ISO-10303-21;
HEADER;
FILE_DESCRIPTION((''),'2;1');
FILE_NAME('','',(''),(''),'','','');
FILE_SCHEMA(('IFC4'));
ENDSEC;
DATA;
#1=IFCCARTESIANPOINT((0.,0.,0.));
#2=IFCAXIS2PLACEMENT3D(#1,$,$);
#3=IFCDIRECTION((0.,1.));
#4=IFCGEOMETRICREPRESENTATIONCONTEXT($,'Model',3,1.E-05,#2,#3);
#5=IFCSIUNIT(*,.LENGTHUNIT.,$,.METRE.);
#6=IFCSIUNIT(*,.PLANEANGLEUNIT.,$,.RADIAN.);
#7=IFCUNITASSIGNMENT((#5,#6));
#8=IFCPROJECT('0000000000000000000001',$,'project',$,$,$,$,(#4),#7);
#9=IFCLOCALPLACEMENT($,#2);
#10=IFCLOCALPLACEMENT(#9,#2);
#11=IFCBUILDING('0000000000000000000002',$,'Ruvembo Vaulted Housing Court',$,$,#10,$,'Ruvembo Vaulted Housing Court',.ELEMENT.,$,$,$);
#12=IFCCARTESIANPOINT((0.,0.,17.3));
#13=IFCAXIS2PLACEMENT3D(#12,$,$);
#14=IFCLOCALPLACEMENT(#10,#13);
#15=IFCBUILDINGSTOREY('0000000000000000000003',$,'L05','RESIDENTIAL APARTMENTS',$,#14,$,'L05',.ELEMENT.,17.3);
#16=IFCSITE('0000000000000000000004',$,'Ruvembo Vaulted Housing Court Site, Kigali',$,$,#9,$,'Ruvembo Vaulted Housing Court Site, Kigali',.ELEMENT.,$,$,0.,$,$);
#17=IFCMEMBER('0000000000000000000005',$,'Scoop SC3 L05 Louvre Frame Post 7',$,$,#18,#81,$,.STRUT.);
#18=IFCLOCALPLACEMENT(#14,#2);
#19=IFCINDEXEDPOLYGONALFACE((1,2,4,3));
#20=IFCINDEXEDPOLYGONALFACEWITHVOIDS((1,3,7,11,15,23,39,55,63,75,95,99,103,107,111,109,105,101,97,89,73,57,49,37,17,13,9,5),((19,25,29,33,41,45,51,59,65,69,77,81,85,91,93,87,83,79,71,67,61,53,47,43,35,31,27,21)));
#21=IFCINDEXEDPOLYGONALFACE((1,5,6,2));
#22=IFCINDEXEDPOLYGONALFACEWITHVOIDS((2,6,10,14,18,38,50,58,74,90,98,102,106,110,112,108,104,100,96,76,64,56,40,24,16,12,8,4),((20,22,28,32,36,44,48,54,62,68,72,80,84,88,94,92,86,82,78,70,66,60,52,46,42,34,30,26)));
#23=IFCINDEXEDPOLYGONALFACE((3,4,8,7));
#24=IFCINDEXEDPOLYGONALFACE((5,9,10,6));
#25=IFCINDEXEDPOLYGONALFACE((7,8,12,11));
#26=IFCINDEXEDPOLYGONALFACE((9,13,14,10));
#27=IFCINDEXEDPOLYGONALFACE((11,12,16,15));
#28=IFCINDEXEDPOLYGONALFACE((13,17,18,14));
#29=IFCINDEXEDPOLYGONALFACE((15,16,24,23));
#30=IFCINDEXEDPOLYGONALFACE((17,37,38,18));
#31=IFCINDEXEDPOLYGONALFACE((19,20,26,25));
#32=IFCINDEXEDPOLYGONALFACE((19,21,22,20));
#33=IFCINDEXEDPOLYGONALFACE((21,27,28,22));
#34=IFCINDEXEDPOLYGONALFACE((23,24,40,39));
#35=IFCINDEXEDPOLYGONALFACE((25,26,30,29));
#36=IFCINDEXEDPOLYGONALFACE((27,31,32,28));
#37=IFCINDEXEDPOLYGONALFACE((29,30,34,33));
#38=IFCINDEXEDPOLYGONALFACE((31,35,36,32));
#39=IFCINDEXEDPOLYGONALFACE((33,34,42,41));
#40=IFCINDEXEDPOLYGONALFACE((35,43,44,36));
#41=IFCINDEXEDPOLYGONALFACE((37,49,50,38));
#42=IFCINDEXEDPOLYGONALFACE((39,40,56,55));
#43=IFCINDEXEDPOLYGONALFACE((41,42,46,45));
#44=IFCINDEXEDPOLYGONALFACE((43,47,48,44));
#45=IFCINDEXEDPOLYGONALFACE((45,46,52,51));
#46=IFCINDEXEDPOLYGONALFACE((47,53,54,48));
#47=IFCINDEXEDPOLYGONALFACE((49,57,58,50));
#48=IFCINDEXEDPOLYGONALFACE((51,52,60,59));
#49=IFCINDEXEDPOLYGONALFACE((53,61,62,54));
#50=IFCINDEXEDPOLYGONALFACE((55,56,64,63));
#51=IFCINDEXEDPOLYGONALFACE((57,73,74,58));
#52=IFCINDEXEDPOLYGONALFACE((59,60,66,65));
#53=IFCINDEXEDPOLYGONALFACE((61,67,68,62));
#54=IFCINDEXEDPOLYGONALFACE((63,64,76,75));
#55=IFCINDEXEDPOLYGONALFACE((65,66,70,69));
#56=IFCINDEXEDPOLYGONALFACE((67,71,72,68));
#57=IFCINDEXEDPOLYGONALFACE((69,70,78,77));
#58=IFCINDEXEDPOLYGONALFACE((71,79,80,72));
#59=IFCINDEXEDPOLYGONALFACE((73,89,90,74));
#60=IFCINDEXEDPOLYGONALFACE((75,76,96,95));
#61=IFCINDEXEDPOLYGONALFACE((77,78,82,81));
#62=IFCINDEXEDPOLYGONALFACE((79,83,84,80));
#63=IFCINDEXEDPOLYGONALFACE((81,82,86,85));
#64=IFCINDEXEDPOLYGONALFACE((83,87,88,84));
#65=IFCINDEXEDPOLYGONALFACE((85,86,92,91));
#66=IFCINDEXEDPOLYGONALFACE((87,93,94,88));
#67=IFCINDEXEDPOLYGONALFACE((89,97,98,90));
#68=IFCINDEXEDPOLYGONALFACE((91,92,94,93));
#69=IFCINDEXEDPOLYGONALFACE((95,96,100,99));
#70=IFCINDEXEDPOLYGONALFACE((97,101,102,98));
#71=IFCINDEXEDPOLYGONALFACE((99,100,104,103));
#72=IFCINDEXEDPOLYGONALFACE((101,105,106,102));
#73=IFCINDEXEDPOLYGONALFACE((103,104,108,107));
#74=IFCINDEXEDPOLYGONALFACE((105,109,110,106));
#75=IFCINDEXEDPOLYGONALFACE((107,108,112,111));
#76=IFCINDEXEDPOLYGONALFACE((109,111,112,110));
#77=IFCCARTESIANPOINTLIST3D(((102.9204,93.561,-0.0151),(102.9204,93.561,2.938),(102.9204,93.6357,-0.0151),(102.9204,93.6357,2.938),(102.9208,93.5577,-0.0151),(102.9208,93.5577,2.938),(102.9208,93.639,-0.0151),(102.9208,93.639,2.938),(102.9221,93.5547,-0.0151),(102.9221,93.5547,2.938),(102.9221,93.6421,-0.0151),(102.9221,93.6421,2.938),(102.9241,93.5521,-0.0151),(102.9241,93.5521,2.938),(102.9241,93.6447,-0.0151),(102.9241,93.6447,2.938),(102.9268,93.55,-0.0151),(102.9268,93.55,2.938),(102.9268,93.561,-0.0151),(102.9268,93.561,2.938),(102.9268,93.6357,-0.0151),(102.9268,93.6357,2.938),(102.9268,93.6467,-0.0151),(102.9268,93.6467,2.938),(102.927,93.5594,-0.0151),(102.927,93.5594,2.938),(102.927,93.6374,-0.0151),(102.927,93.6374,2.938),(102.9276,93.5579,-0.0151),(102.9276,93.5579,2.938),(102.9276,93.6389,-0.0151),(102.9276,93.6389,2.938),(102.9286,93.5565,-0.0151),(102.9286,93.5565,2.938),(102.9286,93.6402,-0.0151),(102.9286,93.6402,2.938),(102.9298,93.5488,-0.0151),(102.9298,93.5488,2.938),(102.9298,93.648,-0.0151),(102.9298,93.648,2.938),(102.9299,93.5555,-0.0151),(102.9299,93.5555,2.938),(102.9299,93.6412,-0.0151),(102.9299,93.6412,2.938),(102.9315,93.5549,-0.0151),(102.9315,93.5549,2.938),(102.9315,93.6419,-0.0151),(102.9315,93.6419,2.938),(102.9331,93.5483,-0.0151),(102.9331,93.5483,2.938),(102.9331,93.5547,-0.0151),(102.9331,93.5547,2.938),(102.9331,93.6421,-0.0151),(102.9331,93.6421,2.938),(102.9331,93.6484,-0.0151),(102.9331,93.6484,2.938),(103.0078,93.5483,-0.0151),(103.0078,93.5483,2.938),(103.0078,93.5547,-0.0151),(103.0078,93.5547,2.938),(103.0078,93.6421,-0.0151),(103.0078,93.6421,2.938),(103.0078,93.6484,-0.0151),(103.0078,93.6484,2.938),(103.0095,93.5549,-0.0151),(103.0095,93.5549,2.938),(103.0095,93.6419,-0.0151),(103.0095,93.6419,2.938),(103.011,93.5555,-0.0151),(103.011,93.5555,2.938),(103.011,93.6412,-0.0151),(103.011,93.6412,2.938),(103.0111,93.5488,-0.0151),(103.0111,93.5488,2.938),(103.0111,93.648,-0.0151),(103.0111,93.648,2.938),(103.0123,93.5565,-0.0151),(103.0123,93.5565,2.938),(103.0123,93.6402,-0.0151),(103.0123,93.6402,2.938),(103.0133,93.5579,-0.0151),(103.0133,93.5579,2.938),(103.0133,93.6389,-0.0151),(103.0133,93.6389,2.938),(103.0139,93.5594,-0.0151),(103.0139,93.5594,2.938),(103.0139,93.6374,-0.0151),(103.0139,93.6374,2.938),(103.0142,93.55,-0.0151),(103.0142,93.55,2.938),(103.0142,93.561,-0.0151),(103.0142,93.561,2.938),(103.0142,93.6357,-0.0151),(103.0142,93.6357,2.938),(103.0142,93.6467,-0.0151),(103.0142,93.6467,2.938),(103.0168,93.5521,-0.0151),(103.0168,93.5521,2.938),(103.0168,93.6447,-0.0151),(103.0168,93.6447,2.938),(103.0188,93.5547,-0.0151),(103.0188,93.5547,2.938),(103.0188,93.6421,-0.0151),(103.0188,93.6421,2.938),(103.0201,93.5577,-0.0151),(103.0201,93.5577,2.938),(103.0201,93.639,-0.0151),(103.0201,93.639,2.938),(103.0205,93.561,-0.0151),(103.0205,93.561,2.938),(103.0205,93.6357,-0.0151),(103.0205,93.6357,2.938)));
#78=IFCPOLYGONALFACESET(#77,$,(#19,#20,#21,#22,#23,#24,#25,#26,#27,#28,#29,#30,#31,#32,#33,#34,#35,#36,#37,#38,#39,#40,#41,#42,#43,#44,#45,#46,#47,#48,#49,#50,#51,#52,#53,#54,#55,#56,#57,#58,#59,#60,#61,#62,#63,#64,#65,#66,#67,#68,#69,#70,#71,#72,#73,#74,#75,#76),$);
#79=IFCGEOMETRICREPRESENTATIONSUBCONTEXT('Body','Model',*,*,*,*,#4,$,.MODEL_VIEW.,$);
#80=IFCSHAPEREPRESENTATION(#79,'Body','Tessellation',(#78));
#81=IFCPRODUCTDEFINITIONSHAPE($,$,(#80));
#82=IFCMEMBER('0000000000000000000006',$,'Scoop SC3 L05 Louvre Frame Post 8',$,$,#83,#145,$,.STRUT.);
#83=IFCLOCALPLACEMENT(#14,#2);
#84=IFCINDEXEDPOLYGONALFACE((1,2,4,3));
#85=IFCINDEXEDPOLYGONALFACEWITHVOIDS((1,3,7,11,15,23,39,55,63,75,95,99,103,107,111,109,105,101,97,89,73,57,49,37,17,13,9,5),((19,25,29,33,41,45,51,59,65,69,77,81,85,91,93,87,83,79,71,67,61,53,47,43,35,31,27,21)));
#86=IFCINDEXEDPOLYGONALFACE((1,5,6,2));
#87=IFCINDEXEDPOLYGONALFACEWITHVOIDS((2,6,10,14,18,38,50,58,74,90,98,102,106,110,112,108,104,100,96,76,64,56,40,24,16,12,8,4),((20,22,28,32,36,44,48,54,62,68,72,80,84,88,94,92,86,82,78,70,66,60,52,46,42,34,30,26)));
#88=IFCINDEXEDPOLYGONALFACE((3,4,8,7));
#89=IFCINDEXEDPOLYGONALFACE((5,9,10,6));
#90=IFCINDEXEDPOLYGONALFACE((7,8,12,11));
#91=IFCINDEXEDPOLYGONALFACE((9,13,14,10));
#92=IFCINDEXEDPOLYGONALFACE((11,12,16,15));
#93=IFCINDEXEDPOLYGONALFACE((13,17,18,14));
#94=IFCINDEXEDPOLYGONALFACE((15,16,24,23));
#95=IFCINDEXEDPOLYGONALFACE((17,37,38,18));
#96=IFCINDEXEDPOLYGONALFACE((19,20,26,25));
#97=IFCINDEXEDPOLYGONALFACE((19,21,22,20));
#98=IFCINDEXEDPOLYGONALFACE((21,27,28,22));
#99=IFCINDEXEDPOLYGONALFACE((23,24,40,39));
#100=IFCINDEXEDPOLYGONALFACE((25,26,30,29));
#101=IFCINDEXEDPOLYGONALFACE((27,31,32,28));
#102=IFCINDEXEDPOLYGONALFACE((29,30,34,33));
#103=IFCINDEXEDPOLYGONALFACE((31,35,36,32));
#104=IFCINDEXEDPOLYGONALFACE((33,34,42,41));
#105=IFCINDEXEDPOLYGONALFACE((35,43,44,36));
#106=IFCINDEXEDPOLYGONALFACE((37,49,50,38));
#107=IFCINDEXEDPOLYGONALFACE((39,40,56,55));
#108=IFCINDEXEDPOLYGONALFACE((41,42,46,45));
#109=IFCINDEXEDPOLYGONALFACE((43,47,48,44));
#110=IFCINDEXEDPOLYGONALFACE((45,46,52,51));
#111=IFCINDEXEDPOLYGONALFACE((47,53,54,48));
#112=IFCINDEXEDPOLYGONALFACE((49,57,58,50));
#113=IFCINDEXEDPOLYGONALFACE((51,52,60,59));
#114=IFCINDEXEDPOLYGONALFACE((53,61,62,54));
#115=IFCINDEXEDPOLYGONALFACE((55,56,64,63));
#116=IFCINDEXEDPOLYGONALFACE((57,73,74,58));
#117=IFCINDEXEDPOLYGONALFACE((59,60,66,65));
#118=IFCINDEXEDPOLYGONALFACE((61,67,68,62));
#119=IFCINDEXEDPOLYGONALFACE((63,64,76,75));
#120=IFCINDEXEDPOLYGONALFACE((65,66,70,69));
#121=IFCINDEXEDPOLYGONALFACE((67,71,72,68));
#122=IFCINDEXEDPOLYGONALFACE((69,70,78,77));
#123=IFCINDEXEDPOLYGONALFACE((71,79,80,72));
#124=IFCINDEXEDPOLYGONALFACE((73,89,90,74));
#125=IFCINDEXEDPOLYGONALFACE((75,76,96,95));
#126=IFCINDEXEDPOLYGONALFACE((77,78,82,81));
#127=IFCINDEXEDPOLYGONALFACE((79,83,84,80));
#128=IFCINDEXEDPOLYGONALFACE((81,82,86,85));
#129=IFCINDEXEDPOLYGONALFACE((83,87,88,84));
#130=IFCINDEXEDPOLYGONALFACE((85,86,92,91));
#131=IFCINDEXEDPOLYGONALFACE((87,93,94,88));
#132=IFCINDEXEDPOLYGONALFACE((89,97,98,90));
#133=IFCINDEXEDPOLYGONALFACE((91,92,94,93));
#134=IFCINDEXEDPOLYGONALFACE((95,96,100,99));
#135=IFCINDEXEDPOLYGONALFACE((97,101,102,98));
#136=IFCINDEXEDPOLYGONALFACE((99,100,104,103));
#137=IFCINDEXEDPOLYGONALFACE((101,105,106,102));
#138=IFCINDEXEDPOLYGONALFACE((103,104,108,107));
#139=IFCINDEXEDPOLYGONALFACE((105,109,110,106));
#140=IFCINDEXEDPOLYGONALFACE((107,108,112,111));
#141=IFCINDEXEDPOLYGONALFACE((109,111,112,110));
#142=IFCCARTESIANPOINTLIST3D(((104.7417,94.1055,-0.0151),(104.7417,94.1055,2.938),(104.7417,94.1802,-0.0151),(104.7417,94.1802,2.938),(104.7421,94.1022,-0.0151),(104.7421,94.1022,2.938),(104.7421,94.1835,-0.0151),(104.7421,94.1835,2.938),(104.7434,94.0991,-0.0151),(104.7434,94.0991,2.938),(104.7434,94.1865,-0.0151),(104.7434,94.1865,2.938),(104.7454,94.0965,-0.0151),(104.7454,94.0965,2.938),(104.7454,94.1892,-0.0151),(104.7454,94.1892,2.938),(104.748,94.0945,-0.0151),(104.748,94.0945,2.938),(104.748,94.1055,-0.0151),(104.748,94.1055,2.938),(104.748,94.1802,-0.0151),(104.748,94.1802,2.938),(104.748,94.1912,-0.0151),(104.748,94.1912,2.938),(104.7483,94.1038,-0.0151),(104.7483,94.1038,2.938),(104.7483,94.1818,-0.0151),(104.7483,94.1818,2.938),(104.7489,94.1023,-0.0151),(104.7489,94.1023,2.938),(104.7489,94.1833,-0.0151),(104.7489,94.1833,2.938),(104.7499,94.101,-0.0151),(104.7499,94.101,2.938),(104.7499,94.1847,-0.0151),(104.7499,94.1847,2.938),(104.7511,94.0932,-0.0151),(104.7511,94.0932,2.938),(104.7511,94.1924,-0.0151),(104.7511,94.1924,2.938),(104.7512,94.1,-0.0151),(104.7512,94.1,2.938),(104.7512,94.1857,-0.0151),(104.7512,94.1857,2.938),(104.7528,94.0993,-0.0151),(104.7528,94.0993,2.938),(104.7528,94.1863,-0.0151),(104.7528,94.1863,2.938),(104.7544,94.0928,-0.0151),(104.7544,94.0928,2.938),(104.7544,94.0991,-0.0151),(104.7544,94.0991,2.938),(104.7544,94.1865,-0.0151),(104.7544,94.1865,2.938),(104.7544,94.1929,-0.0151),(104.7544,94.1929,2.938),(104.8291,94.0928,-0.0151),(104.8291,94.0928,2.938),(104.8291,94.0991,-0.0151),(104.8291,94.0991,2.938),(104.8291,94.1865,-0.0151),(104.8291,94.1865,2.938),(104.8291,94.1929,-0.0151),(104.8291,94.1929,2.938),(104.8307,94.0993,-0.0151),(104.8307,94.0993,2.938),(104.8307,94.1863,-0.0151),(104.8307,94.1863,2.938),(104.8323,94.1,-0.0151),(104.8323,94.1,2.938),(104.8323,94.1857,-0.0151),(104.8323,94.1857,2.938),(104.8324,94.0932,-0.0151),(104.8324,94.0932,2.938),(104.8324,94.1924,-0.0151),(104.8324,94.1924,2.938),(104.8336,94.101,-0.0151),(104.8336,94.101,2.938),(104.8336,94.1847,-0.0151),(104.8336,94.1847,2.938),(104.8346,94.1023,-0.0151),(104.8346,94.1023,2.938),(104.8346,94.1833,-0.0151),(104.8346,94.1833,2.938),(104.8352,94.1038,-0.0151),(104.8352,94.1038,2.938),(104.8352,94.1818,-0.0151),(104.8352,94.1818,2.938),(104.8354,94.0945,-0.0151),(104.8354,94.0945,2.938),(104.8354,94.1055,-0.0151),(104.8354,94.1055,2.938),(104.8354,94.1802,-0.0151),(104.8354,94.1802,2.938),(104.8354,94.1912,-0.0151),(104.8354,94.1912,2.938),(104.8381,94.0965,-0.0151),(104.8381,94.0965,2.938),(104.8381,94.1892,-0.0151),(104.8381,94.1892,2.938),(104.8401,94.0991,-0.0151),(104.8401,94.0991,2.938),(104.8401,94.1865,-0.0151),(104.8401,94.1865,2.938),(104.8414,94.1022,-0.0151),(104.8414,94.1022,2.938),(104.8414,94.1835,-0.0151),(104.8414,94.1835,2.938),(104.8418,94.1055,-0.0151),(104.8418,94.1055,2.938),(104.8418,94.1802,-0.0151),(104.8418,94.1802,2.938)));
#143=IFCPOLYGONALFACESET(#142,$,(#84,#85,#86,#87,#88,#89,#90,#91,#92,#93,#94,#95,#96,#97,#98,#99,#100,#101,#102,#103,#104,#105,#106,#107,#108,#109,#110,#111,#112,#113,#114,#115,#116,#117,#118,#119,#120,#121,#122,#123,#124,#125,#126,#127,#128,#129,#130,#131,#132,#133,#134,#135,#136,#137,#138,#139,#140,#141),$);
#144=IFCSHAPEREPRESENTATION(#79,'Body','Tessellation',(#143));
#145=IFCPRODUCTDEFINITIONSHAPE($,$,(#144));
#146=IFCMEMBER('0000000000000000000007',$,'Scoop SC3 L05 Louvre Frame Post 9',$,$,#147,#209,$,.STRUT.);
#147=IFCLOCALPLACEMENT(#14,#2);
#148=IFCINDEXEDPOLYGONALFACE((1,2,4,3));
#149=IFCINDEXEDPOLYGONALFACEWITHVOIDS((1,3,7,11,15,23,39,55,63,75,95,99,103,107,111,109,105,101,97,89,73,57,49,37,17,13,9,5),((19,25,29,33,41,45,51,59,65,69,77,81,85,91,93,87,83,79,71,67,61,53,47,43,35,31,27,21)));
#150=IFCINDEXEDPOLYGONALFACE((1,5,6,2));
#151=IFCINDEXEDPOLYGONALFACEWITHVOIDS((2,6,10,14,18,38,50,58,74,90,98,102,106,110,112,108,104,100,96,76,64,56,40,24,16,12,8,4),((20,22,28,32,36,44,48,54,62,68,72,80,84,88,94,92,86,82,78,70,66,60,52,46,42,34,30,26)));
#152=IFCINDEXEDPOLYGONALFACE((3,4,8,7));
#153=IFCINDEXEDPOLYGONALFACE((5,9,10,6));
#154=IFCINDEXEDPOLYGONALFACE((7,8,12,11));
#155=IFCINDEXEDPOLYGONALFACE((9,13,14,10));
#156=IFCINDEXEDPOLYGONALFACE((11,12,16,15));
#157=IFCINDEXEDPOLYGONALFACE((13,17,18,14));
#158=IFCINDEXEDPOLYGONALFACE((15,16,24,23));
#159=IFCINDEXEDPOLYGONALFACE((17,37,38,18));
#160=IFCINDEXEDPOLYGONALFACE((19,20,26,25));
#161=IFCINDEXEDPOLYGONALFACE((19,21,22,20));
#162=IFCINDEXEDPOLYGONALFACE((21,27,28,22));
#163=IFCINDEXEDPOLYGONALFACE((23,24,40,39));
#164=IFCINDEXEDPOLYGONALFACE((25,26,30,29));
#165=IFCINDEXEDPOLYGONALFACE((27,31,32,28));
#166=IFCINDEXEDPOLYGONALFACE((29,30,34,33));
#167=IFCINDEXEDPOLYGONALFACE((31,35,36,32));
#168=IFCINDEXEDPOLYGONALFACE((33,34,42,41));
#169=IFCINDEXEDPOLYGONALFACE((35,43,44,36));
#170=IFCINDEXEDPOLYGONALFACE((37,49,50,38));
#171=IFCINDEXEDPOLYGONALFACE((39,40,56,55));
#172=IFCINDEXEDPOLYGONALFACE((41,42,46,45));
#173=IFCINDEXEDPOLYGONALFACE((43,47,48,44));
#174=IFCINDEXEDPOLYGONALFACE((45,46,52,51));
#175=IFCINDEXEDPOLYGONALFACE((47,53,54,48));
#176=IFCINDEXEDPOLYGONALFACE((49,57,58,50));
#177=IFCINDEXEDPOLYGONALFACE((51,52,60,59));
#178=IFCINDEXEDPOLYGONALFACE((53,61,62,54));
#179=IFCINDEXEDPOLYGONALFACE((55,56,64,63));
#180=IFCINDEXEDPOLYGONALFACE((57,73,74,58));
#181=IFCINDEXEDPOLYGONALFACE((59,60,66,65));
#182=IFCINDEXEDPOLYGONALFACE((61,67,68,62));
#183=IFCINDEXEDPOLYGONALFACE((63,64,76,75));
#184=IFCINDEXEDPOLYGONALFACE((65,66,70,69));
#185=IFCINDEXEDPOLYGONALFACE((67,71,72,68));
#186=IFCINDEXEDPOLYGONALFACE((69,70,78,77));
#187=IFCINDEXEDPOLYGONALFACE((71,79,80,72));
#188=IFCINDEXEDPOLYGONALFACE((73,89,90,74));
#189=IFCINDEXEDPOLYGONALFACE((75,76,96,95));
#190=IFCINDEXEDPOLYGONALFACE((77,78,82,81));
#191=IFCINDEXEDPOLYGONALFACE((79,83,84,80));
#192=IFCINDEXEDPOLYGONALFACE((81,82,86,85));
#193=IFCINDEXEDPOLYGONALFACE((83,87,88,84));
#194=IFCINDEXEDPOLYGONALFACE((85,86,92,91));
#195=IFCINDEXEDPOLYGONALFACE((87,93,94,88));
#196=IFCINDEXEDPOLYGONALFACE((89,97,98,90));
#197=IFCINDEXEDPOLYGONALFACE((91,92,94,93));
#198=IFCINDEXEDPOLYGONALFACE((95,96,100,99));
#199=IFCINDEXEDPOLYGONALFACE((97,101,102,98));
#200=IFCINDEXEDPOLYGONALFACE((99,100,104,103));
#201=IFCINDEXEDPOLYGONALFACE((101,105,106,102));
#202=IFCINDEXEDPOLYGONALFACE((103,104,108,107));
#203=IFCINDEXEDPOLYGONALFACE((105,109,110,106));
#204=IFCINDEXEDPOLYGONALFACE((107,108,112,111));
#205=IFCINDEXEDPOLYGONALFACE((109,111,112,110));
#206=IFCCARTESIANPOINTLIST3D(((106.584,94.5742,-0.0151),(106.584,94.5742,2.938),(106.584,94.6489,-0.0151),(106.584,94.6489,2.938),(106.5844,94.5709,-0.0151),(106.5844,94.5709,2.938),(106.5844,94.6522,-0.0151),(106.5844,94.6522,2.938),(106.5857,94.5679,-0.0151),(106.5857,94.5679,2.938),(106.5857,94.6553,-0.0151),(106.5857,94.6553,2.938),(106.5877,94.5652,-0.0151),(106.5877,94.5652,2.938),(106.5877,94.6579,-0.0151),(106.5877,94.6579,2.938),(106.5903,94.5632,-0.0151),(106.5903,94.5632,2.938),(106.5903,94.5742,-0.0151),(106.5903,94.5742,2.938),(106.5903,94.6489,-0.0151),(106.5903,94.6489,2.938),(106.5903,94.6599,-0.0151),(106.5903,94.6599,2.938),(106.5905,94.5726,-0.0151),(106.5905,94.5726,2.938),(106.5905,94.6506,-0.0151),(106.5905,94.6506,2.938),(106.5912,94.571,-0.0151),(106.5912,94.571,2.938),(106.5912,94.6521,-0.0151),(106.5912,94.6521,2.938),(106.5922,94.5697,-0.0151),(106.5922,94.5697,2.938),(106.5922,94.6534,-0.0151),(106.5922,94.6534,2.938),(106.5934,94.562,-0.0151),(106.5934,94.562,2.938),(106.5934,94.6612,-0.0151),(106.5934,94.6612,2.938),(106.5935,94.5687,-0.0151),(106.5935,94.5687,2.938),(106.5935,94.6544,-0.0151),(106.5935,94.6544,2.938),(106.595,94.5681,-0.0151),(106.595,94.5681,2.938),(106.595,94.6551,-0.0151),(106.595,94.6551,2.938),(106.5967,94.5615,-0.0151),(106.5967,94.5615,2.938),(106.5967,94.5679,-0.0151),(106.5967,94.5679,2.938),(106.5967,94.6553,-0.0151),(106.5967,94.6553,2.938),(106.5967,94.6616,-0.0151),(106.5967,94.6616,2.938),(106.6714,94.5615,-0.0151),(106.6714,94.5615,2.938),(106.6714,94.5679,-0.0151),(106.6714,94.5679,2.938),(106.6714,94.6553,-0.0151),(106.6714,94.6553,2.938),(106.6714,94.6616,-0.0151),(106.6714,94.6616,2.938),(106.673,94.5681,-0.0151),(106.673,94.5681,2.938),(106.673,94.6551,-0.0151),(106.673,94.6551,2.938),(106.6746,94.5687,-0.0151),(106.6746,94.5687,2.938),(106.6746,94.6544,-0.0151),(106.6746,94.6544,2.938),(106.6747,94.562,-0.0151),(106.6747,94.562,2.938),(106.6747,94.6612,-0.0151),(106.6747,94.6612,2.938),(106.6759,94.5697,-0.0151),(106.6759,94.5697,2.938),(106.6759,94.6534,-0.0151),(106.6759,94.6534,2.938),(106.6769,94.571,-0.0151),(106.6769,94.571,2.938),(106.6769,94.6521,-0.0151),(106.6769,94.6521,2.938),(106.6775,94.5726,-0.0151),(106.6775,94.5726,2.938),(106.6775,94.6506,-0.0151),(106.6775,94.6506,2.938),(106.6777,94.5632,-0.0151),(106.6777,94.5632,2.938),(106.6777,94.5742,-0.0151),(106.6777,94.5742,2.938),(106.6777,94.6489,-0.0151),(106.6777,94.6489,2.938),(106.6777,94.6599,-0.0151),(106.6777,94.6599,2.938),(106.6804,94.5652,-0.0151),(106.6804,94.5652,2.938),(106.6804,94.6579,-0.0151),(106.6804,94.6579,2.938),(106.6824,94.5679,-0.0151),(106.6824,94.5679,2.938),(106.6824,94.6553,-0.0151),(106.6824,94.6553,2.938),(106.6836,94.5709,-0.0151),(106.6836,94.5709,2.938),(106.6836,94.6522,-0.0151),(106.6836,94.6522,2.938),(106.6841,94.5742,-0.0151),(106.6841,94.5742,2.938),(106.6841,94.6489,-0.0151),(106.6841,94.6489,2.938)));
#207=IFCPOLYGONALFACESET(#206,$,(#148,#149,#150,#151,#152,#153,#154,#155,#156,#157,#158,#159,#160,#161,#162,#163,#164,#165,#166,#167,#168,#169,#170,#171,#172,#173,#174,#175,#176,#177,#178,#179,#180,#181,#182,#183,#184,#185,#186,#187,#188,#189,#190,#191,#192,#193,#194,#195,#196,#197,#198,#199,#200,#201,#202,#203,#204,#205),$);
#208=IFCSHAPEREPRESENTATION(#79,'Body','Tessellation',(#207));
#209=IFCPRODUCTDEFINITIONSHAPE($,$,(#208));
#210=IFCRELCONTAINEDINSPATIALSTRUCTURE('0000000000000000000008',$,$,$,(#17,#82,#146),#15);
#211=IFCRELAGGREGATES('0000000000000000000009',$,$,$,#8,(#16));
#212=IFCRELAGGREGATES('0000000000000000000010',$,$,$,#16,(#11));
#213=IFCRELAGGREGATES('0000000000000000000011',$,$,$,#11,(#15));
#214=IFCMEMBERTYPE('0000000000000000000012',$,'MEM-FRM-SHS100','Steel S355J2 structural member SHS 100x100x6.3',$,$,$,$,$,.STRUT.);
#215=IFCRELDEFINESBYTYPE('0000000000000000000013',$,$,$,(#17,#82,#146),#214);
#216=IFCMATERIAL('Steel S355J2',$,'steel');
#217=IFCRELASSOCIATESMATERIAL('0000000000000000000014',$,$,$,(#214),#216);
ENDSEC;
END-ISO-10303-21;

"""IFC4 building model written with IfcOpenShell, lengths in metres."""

from ifc_helpers import new_model, si_unit, direction, frame, origin, origin_2d, place, context, subcontext, project, spatial, hollow_rectangle, extrude, material, material_profile, profile_set, type_object, element, save


model = new_model("IFC4")

# Units and contexts
model_context = context("Model", 3, precision=1e-05, world=origin(), true_north=direction((0.0, 1.0)))
body_context = subcontext(model_context, "Body", "Model", "MODEL_VIEW")
ifc_project = project(units=[si_unit("LENGTHUNIT", "METRE"), si_unit("PLANEANGLEUNIT", "RADIAN")], contexts=[model_context])

# Site, building, storey
site_placement = place(None, origin())
site = spatial("IfcSite", under=ifc_project, at=site_placement, Name="Ruvembo Vaulted Housing Court Site, Kigali", LongName="Ruvembo Vaulted Housing Court Site, Kigali", CompositionType="ELEMENT", RefElevation=0.0)
building_placement = place(site_placement, origin())
building = spatial("IfcBuilding", under=site, at=building_placement, Name="Ruvembo Vaulted Housing Court", LongName="Ruvembo Vaulted Housing Court", CompositionType="ELEMENT")
storey_placement = place(building_placement, frame((0.0, 0.0, 17.3)))
storey = spatial("IfcBuildingStorey", under=building, at=storey_placement, Name="L05", Description="RESIDENTIAL APARTMENTS", LongName="L05", CompositionType="ELEMENT", Elevation=17.3)

# Shared definitions
ifc_material_1 = material(Name="Steel S355J2", Category="steel")

# Members
ifc_material_profile_1 = material_profile(ifc_material_1, hollow_rectangle(XDim=0.1001, YDim=0.1001, WallThickness=0.0063, InnerFilletRadius=0.0063, OuterFilletRadius=0.0127, at=origin_2d()), Name="SHS 100x100x6.3")
ifc_profile_set_1 = profile_set([ifc_material_profile_1], Name="Steel S355J2")
member_type_1 = type_object("IfcMemberType", Name="MEM-FRM-SHS100", Description="Steel S355J2 structural member SHS 100x100x6.3", PredefinedType="STRUT", material=ifc_profile_set_1)
for number, where, z_axis, x_axis, name in (
    (1, (102.9705, 93.5984, -0.0151), (0.0, 0.0, 1.0), (1.0, 0.0, 0.0), "Scoop SC3 L05 Louvre Frame Post 7"),
    (2, (104.7917, 94.1428, -0.0151), (0.0, 0.0, 1.0), (1.0, 0.0, 0.0), "Scoop SC3 L05 Louvre Frame Post 8"),
    (3, (106.634, 94.6116, -0.0151), (0.0, 0.0, 1.0), (1.0, 0.0, 0.0), "Scoop SC3 L05 Louvre Frame Post 9"),
):
    element("IfcMember", number, at=place(storey_placement, frame(where, z_axis=z_axis, x_axis=x_axis)), inside=storey, type_object=member_type_1, Name=name, PredefinedType="STRUT", context=body_context, shape_type="SweptSolid", body=[
        extrude(hollow_rectangle(XDim=0.1001, YDim=0.1001, WallThickness=0.0063, InnerFilletRadius=0.0063, OuterFilletRadius=0.0127, at=origin_2d()), origin(), (0.0, 0.0, 1.0), 2.9531),
    ])

save(model, "model.ifc")
